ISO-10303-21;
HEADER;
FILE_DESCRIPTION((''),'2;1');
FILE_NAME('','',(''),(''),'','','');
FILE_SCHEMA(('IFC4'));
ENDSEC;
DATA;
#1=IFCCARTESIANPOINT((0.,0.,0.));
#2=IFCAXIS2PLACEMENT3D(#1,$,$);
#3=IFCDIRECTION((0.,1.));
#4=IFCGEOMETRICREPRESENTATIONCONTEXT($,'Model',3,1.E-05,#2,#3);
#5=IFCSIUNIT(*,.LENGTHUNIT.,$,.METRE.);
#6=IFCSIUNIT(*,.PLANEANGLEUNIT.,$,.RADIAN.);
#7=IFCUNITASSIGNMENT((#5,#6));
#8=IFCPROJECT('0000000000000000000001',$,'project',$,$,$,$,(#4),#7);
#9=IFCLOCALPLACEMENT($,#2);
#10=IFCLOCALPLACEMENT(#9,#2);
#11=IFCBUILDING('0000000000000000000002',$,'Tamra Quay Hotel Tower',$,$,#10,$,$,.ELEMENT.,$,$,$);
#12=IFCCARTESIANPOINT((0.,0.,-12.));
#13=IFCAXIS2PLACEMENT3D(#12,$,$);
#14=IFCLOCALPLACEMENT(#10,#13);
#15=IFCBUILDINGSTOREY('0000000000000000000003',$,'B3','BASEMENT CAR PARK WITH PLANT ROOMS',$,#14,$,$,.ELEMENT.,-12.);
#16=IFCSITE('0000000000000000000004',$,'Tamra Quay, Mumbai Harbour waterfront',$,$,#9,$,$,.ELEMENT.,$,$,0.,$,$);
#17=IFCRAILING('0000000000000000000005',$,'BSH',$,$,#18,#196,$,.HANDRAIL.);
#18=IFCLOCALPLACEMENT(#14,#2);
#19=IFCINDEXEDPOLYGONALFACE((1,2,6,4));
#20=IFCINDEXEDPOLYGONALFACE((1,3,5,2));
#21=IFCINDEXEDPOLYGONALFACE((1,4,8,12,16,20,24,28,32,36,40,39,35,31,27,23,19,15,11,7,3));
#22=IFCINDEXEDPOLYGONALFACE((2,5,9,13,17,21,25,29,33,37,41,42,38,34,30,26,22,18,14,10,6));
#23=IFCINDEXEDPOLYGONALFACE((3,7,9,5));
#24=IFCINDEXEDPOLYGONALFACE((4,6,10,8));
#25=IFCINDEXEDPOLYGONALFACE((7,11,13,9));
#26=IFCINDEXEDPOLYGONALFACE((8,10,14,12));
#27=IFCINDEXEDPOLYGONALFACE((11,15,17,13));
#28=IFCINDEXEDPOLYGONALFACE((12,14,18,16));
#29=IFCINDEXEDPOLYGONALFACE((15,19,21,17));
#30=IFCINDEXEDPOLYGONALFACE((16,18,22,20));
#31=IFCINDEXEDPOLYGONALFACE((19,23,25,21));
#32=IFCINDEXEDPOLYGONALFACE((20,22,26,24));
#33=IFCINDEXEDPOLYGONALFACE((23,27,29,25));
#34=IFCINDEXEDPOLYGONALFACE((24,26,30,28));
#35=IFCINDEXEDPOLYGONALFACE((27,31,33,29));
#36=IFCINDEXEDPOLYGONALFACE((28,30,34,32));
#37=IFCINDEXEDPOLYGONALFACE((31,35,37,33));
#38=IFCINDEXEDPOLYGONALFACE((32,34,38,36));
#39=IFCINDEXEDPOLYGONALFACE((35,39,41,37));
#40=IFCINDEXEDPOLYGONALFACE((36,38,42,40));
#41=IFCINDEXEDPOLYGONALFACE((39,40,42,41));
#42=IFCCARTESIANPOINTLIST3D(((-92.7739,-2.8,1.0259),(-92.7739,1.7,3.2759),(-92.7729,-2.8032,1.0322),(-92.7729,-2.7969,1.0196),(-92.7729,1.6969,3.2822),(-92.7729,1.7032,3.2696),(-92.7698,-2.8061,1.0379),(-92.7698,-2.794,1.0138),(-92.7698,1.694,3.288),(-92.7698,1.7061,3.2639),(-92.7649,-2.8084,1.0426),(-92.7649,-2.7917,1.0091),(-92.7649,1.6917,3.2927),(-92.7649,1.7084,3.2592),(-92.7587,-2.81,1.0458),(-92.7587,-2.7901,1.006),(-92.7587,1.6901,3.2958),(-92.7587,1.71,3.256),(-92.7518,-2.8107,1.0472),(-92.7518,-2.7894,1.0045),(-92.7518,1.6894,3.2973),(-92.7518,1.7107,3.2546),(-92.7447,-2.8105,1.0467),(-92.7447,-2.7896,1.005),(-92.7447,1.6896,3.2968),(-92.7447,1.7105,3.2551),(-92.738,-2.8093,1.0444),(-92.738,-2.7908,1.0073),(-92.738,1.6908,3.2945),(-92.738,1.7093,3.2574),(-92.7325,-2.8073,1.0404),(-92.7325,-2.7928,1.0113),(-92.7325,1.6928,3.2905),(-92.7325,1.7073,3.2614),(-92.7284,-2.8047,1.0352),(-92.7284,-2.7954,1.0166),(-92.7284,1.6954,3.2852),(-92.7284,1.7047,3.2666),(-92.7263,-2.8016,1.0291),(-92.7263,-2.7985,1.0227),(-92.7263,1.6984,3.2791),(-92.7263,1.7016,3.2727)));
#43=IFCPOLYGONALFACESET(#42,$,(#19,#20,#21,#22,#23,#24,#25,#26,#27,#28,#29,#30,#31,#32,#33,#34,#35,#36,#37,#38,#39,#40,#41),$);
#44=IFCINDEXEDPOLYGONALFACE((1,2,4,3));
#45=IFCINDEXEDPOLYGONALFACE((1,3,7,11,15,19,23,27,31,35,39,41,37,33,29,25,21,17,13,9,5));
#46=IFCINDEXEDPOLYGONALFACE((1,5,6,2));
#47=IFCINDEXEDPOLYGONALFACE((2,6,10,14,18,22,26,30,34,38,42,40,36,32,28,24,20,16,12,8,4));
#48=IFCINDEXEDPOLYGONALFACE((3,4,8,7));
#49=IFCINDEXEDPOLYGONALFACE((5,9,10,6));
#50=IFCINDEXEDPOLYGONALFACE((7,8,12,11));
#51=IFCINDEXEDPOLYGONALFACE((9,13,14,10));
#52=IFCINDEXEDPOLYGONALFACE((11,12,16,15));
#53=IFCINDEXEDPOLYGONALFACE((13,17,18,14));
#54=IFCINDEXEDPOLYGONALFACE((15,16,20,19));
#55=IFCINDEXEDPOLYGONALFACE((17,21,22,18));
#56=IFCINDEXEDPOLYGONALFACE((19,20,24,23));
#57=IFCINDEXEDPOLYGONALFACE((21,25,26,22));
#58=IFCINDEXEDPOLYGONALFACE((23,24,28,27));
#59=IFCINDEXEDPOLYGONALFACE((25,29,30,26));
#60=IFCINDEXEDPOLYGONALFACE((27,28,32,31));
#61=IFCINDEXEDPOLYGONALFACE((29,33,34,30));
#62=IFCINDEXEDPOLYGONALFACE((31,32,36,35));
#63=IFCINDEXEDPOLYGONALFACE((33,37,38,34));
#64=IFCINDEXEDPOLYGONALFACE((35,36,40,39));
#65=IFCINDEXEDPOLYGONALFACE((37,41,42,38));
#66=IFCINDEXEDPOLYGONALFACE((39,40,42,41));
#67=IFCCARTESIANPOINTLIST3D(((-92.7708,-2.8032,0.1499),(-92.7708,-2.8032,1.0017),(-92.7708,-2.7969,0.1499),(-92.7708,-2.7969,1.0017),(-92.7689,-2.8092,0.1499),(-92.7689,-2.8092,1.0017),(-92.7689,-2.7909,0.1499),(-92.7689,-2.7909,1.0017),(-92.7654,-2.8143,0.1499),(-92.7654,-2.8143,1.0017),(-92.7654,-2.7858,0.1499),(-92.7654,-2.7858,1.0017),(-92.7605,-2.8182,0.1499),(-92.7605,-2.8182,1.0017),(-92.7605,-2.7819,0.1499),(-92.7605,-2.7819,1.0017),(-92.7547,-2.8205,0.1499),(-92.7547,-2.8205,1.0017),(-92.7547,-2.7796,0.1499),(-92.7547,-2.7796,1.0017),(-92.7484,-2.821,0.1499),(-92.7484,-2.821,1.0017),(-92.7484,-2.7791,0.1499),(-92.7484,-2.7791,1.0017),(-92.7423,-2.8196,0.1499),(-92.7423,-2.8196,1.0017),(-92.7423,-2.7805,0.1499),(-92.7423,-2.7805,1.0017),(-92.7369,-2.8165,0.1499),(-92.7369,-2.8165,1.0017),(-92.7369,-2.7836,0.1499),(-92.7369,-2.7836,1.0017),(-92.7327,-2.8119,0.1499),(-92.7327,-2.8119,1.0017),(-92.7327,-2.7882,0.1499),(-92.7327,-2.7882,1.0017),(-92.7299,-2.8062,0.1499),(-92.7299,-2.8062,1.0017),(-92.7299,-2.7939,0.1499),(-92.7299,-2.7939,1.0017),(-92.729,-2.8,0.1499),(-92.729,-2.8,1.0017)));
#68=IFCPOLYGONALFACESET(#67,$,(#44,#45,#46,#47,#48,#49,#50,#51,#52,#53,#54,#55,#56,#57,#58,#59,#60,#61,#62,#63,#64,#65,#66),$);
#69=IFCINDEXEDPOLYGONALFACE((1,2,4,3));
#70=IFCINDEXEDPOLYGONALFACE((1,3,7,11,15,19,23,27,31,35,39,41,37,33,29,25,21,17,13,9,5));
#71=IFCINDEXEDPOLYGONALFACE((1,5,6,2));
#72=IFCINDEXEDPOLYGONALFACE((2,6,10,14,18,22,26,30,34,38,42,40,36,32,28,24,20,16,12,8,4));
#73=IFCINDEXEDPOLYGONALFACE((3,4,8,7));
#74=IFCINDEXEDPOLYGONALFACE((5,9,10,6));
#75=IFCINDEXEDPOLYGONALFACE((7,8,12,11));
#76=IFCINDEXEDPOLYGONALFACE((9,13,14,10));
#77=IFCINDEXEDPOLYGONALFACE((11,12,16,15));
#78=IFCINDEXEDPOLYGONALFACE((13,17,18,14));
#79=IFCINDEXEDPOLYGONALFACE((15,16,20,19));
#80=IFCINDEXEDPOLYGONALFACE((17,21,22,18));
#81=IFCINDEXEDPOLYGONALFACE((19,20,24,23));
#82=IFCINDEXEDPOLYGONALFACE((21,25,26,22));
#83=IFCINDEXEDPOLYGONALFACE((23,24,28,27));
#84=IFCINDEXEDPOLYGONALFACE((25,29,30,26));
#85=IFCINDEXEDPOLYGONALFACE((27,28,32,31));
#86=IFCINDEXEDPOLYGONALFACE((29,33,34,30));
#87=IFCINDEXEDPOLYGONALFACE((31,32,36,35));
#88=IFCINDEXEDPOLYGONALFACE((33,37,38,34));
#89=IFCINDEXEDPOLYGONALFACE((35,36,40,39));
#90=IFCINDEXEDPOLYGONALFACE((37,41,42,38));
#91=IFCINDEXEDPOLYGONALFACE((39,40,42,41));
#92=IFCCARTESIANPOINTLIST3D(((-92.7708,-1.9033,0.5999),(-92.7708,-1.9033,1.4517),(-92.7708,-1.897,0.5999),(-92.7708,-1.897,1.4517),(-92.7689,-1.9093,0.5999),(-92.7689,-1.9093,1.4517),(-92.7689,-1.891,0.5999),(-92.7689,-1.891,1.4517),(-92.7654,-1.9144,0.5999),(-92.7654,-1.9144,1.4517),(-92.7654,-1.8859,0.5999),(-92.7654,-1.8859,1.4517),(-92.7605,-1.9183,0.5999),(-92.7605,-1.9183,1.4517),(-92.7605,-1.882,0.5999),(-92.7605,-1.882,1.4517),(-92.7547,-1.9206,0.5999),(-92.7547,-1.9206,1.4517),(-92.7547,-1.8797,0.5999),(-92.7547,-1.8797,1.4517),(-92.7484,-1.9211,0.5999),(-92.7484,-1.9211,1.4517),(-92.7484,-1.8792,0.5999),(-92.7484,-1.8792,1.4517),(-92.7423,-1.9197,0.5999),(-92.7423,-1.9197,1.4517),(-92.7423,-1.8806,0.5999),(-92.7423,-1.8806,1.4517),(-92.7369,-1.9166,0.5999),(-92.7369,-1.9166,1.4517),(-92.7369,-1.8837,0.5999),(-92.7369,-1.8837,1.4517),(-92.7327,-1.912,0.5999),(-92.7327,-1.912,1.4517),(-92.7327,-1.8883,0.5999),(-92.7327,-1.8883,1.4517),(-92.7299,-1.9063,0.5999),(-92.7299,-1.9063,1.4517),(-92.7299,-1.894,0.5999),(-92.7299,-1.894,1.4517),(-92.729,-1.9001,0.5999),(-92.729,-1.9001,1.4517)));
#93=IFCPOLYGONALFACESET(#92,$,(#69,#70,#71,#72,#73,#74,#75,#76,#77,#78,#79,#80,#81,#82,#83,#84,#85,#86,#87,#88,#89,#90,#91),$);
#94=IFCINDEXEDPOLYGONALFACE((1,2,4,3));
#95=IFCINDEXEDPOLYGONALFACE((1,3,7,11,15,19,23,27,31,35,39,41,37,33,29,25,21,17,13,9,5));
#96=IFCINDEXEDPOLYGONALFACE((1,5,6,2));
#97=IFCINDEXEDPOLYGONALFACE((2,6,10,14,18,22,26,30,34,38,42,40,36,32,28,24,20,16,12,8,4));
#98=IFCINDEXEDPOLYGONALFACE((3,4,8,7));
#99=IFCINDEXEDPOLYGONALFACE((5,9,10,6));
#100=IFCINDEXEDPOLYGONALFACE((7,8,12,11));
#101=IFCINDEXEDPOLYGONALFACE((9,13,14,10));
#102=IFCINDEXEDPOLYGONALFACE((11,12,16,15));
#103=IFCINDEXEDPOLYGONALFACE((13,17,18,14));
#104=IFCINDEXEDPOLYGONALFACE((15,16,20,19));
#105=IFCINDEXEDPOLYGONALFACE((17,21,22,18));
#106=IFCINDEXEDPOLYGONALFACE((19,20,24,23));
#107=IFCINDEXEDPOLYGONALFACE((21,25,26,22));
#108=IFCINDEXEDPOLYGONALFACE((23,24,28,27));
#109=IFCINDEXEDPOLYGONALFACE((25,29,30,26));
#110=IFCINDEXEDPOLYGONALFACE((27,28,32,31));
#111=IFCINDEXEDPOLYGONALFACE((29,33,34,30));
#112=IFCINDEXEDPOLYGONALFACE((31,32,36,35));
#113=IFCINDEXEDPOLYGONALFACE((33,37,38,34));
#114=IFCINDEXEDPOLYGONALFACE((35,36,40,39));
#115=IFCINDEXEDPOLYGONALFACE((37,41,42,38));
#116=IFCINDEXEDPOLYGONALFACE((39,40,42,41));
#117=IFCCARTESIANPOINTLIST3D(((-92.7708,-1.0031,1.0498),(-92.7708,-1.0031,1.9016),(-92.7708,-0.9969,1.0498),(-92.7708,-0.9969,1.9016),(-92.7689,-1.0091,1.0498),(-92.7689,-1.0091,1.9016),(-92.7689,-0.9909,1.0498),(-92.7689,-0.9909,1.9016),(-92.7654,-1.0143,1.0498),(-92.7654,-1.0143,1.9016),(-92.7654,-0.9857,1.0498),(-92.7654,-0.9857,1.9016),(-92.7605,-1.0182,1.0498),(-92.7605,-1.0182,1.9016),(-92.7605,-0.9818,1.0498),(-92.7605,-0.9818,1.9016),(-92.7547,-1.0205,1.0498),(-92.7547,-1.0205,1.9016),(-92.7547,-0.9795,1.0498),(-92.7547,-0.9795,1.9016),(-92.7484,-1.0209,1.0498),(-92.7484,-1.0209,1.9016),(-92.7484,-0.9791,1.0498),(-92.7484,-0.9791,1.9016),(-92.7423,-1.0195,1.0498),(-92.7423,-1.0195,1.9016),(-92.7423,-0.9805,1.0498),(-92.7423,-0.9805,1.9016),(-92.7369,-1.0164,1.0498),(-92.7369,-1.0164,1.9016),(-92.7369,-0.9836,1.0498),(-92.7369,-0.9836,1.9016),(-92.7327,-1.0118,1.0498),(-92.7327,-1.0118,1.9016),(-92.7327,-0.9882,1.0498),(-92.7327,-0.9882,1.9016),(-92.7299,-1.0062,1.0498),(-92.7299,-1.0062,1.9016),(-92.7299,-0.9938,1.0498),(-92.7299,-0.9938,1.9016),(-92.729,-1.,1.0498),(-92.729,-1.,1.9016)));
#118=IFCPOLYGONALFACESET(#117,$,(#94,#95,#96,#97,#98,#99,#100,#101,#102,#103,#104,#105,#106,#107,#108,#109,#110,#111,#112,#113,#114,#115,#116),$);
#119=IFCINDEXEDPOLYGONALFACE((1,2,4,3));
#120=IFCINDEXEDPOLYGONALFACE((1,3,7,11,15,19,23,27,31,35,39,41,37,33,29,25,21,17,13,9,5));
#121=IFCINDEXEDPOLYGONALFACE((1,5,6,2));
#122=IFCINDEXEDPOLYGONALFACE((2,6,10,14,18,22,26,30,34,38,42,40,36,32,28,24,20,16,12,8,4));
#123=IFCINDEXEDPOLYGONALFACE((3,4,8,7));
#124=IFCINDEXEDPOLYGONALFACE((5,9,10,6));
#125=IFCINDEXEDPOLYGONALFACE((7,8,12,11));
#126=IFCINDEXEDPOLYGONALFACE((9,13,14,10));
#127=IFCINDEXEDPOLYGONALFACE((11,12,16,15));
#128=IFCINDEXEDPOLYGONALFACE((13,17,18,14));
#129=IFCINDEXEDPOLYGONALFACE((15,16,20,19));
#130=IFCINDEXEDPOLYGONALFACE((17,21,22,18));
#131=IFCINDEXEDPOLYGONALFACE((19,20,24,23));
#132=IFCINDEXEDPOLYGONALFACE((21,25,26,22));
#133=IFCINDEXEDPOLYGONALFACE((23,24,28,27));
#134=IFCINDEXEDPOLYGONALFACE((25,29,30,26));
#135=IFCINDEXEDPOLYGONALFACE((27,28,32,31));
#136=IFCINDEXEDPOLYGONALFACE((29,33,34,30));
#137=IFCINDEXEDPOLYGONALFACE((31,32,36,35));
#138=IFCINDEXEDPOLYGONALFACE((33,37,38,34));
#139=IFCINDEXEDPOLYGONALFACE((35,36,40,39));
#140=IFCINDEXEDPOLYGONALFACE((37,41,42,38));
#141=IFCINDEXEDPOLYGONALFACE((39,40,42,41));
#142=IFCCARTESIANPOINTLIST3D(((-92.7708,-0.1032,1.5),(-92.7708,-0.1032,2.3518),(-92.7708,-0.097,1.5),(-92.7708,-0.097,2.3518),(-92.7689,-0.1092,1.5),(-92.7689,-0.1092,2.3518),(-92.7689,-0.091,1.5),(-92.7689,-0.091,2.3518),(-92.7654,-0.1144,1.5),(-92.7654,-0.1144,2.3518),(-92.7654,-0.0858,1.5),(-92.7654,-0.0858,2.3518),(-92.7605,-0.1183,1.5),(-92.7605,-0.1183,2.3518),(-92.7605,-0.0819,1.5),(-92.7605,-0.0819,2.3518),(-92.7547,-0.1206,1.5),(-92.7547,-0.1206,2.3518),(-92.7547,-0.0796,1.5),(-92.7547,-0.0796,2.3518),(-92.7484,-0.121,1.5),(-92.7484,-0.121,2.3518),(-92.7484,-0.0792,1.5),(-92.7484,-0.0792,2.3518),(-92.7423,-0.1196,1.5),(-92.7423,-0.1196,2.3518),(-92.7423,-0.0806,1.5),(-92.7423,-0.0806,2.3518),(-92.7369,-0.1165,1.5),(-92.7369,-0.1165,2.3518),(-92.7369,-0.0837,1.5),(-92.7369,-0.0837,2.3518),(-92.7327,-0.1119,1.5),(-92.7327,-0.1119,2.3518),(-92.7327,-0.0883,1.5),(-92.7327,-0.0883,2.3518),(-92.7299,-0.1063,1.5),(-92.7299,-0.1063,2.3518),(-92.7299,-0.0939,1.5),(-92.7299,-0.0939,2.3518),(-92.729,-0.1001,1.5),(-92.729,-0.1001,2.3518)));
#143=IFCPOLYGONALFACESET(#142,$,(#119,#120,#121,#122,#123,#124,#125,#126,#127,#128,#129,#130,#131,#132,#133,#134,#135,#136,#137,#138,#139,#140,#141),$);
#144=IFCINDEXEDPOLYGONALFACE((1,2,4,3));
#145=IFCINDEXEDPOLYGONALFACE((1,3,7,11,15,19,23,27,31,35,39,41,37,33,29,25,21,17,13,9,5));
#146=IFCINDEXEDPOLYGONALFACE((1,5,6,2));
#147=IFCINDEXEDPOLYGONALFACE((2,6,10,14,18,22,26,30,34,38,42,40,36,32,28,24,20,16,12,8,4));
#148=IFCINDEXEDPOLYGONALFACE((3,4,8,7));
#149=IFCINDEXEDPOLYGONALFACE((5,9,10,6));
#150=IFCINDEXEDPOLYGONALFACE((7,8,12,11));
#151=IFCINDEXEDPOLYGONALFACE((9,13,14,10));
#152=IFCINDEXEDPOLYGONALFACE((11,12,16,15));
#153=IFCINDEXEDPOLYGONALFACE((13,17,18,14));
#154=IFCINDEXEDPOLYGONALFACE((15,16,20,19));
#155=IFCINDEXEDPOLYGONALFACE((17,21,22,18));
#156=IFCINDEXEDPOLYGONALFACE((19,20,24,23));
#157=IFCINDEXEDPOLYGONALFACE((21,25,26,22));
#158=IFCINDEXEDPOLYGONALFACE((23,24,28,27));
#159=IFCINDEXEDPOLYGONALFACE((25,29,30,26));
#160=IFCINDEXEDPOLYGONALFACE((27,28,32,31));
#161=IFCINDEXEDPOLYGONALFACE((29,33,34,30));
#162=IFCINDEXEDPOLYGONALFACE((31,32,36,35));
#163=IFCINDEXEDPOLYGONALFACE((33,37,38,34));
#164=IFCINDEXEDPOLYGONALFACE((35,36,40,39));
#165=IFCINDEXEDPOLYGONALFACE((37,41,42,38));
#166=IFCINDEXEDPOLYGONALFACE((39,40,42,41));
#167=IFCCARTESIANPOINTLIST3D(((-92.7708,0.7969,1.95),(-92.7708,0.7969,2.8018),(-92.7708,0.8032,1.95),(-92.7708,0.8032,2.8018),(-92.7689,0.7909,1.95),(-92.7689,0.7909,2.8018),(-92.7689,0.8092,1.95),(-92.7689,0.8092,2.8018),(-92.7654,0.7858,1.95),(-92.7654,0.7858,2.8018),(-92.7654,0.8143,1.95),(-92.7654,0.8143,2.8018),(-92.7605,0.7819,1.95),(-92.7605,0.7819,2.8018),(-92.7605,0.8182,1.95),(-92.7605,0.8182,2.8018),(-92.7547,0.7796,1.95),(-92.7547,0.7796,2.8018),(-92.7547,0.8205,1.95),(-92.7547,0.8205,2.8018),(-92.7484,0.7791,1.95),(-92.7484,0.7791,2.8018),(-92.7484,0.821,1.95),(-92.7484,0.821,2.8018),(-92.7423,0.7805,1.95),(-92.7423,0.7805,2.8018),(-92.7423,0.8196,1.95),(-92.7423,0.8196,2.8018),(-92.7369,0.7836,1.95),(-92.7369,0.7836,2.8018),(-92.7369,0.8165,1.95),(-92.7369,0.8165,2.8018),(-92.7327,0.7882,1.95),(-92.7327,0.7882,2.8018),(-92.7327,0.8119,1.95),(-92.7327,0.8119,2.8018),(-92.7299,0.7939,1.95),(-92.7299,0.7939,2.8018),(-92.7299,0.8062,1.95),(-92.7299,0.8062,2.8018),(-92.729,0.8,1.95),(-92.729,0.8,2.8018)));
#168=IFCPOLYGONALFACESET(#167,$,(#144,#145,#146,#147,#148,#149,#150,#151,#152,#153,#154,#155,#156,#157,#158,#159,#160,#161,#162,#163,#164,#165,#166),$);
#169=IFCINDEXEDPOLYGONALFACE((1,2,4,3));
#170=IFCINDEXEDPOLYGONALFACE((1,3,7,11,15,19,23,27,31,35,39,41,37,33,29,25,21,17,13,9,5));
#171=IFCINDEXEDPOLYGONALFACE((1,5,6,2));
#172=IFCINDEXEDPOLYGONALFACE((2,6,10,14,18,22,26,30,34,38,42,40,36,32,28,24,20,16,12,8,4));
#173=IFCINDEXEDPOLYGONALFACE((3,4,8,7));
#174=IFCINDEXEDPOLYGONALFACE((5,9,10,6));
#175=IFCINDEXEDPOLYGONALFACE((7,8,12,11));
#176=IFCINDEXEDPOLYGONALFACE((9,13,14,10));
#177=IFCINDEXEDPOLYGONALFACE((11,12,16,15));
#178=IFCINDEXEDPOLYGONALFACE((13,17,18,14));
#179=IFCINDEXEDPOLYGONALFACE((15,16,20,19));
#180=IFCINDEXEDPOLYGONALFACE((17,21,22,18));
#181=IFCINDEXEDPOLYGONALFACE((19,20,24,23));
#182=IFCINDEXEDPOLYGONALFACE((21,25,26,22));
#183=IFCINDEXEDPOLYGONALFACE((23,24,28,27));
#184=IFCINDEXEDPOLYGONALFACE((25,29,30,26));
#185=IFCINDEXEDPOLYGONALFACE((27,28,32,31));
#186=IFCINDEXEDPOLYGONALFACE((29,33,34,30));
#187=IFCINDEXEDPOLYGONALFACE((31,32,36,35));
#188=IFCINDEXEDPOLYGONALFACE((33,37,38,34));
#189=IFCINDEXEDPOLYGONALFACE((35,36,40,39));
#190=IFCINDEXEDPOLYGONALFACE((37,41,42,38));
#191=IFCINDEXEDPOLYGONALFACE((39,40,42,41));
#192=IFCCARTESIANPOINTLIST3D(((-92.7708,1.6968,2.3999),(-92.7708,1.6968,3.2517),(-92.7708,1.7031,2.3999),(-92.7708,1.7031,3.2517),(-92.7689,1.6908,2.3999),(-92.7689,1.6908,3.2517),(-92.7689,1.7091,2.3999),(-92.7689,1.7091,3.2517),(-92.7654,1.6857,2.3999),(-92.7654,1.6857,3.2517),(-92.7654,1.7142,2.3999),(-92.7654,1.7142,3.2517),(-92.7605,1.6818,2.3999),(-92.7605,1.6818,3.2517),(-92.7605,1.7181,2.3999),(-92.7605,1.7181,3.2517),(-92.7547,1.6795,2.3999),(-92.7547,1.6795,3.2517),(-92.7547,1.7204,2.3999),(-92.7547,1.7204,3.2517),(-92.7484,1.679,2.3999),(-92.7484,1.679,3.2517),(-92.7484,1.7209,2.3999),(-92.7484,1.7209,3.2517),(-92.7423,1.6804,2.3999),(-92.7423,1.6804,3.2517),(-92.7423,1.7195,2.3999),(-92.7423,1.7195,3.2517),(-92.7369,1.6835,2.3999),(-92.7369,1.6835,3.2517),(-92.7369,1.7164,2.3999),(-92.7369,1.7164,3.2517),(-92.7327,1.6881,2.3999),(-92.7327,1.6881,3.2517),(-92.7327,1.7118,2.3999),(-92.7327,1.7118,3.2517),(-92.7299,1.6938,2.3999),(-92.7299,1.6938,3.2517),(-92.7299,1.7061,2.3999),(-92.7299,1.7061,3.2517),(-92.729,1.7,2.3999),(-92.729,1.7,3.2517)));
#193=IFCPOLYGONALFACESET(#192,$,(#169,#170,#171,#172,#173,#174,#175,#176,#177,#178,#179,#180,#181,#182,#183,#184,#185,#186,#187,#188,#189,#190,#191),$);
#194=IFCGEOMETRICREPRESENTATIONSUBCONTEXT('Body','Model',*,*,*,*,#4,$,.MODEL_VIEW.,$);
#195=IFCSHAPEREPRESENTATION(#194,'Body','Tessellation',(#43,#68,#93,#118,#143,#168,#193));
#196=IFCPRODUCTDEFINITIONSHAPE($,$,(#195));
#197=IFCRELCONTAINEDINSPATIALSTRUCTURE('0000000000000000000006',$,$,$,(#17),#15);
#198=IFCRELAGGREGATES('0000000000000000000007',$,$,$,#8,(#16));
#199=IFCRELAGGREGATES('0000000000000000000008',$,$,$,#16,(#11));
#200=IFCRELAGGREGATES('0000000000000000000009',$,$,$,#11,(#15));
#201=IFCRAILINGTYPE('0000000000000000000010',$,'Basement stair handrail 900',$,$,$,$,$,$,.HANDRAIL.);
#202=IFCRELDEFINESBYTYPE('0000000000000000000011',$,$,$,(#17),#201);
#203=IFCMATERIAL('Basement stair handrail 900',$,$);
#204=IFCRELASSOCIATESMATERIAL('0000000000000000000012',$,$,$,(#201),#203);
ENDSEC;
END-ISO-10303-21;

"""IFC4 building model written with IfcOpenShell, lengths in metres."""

from ifc_helpers import new_model, si_unit, direction, frame, origin, origin_2d, place, context, subcontext, project, spatial, circle, extrude, material, type_object, element, save


model = new_model("IFC4")

# Units and contexts
model_context = context("Model", 3, precision=1e-05, world=origin(), true_north=direction((0.0, 1.0)))
body_context = subcontext(model_context, "Body", "Model", "MODEL_VIEW")
ifc_project = project(units=[si_unit("LENGTHUNIT", "METRE"), si_unit("PLANEANGLEUNIT", "RADIAN")], contexts=[model_context])

# Site, building, storey
site_placement = place(None, origin())
site = spatial("IfcSite", under=ifc_project, at=site_placement, Name="Tamra Quay, Mumbai Harbour waterfront", CompositionType="ELEMENT", RefElevation=0.0)
building_placement = place(site_placement, origin())
building = spatial("IfcBuilding", under=site, at=building_placement, Name="Tamra Quay Hotel Tower", CompositionType="ELEMENT")
storey_placement = place(building_placement, frame((0.0, 0.0, -12.0)))
storey = spatial("IfcBuildingStorey", under=building, at=storey_placement, Name="B3", Description="BASEMENT CAR PARK WITH PLANT ROOMS", CompositionType="ELEMENT", Elevation=-12.0)

# Railing
ifc_material_1 = material(Name="Basement stair handrail 900")
railing_type_1 = type_object("IfcRailingType", Name="Basement stair handrail 900", PredefinedType="HANDRAIL", material=ifc_material_1)
railing_1_placement = place(storey_placement, frame((-92.75, -2.8, 0.1499)))
element("IfcRailing", 1, at=railing_1_placement, inside=storey, type_object=railing_type_1, Name="BSH", PredefinedType="HANDRAIL", context=body_context, shape_type="SweptSolid", body=[
    extrude(circle(Radius=0.0239, at=origin_2d()), frame((0.0, 0.0, 0.876), z_axis=(0.0, 0.894427, 0.447214), x_axis=(-1.0, 0.0, 0.0)), (0.0, 0.0, 1.0), 5.0312),
    extrude(circle(Radius=0.021, at=origin_2d()), origin(), (0.0, 0.0, 1.0), 0.8518),
    extrude(circle(Radius=0.021, at=origin_2d()), frame((0.0, 0.8999, 0.45)), (0.0, 0.0, 1.0), 0.8518),
    extrude(circle(Radius=0.021, at=origin_2d()), frame((0.0, 1.8, 0.8999)), (0.0, 0.0, 1.0), 0.8518),
    extrude(circle(Radius=0.021, at=origin_2d()), frame((0.0, 2.7, 1.3501)), (0.0, 0.0, 1.0), 0.8518),
    extrude(circle(Radius=0.021, at=origin_2d()), frame((0.0, 3.6001, 1.8)), (0.0, 0.0, 1.0), 0.8518),
    extrude(circle(Radius=0.021, at=origin_2d()), frame((0.0, 4.5, 2.25)), (0.0, 0.0, 1.0), 0.8518),
])

save(model, "model.ifc")
